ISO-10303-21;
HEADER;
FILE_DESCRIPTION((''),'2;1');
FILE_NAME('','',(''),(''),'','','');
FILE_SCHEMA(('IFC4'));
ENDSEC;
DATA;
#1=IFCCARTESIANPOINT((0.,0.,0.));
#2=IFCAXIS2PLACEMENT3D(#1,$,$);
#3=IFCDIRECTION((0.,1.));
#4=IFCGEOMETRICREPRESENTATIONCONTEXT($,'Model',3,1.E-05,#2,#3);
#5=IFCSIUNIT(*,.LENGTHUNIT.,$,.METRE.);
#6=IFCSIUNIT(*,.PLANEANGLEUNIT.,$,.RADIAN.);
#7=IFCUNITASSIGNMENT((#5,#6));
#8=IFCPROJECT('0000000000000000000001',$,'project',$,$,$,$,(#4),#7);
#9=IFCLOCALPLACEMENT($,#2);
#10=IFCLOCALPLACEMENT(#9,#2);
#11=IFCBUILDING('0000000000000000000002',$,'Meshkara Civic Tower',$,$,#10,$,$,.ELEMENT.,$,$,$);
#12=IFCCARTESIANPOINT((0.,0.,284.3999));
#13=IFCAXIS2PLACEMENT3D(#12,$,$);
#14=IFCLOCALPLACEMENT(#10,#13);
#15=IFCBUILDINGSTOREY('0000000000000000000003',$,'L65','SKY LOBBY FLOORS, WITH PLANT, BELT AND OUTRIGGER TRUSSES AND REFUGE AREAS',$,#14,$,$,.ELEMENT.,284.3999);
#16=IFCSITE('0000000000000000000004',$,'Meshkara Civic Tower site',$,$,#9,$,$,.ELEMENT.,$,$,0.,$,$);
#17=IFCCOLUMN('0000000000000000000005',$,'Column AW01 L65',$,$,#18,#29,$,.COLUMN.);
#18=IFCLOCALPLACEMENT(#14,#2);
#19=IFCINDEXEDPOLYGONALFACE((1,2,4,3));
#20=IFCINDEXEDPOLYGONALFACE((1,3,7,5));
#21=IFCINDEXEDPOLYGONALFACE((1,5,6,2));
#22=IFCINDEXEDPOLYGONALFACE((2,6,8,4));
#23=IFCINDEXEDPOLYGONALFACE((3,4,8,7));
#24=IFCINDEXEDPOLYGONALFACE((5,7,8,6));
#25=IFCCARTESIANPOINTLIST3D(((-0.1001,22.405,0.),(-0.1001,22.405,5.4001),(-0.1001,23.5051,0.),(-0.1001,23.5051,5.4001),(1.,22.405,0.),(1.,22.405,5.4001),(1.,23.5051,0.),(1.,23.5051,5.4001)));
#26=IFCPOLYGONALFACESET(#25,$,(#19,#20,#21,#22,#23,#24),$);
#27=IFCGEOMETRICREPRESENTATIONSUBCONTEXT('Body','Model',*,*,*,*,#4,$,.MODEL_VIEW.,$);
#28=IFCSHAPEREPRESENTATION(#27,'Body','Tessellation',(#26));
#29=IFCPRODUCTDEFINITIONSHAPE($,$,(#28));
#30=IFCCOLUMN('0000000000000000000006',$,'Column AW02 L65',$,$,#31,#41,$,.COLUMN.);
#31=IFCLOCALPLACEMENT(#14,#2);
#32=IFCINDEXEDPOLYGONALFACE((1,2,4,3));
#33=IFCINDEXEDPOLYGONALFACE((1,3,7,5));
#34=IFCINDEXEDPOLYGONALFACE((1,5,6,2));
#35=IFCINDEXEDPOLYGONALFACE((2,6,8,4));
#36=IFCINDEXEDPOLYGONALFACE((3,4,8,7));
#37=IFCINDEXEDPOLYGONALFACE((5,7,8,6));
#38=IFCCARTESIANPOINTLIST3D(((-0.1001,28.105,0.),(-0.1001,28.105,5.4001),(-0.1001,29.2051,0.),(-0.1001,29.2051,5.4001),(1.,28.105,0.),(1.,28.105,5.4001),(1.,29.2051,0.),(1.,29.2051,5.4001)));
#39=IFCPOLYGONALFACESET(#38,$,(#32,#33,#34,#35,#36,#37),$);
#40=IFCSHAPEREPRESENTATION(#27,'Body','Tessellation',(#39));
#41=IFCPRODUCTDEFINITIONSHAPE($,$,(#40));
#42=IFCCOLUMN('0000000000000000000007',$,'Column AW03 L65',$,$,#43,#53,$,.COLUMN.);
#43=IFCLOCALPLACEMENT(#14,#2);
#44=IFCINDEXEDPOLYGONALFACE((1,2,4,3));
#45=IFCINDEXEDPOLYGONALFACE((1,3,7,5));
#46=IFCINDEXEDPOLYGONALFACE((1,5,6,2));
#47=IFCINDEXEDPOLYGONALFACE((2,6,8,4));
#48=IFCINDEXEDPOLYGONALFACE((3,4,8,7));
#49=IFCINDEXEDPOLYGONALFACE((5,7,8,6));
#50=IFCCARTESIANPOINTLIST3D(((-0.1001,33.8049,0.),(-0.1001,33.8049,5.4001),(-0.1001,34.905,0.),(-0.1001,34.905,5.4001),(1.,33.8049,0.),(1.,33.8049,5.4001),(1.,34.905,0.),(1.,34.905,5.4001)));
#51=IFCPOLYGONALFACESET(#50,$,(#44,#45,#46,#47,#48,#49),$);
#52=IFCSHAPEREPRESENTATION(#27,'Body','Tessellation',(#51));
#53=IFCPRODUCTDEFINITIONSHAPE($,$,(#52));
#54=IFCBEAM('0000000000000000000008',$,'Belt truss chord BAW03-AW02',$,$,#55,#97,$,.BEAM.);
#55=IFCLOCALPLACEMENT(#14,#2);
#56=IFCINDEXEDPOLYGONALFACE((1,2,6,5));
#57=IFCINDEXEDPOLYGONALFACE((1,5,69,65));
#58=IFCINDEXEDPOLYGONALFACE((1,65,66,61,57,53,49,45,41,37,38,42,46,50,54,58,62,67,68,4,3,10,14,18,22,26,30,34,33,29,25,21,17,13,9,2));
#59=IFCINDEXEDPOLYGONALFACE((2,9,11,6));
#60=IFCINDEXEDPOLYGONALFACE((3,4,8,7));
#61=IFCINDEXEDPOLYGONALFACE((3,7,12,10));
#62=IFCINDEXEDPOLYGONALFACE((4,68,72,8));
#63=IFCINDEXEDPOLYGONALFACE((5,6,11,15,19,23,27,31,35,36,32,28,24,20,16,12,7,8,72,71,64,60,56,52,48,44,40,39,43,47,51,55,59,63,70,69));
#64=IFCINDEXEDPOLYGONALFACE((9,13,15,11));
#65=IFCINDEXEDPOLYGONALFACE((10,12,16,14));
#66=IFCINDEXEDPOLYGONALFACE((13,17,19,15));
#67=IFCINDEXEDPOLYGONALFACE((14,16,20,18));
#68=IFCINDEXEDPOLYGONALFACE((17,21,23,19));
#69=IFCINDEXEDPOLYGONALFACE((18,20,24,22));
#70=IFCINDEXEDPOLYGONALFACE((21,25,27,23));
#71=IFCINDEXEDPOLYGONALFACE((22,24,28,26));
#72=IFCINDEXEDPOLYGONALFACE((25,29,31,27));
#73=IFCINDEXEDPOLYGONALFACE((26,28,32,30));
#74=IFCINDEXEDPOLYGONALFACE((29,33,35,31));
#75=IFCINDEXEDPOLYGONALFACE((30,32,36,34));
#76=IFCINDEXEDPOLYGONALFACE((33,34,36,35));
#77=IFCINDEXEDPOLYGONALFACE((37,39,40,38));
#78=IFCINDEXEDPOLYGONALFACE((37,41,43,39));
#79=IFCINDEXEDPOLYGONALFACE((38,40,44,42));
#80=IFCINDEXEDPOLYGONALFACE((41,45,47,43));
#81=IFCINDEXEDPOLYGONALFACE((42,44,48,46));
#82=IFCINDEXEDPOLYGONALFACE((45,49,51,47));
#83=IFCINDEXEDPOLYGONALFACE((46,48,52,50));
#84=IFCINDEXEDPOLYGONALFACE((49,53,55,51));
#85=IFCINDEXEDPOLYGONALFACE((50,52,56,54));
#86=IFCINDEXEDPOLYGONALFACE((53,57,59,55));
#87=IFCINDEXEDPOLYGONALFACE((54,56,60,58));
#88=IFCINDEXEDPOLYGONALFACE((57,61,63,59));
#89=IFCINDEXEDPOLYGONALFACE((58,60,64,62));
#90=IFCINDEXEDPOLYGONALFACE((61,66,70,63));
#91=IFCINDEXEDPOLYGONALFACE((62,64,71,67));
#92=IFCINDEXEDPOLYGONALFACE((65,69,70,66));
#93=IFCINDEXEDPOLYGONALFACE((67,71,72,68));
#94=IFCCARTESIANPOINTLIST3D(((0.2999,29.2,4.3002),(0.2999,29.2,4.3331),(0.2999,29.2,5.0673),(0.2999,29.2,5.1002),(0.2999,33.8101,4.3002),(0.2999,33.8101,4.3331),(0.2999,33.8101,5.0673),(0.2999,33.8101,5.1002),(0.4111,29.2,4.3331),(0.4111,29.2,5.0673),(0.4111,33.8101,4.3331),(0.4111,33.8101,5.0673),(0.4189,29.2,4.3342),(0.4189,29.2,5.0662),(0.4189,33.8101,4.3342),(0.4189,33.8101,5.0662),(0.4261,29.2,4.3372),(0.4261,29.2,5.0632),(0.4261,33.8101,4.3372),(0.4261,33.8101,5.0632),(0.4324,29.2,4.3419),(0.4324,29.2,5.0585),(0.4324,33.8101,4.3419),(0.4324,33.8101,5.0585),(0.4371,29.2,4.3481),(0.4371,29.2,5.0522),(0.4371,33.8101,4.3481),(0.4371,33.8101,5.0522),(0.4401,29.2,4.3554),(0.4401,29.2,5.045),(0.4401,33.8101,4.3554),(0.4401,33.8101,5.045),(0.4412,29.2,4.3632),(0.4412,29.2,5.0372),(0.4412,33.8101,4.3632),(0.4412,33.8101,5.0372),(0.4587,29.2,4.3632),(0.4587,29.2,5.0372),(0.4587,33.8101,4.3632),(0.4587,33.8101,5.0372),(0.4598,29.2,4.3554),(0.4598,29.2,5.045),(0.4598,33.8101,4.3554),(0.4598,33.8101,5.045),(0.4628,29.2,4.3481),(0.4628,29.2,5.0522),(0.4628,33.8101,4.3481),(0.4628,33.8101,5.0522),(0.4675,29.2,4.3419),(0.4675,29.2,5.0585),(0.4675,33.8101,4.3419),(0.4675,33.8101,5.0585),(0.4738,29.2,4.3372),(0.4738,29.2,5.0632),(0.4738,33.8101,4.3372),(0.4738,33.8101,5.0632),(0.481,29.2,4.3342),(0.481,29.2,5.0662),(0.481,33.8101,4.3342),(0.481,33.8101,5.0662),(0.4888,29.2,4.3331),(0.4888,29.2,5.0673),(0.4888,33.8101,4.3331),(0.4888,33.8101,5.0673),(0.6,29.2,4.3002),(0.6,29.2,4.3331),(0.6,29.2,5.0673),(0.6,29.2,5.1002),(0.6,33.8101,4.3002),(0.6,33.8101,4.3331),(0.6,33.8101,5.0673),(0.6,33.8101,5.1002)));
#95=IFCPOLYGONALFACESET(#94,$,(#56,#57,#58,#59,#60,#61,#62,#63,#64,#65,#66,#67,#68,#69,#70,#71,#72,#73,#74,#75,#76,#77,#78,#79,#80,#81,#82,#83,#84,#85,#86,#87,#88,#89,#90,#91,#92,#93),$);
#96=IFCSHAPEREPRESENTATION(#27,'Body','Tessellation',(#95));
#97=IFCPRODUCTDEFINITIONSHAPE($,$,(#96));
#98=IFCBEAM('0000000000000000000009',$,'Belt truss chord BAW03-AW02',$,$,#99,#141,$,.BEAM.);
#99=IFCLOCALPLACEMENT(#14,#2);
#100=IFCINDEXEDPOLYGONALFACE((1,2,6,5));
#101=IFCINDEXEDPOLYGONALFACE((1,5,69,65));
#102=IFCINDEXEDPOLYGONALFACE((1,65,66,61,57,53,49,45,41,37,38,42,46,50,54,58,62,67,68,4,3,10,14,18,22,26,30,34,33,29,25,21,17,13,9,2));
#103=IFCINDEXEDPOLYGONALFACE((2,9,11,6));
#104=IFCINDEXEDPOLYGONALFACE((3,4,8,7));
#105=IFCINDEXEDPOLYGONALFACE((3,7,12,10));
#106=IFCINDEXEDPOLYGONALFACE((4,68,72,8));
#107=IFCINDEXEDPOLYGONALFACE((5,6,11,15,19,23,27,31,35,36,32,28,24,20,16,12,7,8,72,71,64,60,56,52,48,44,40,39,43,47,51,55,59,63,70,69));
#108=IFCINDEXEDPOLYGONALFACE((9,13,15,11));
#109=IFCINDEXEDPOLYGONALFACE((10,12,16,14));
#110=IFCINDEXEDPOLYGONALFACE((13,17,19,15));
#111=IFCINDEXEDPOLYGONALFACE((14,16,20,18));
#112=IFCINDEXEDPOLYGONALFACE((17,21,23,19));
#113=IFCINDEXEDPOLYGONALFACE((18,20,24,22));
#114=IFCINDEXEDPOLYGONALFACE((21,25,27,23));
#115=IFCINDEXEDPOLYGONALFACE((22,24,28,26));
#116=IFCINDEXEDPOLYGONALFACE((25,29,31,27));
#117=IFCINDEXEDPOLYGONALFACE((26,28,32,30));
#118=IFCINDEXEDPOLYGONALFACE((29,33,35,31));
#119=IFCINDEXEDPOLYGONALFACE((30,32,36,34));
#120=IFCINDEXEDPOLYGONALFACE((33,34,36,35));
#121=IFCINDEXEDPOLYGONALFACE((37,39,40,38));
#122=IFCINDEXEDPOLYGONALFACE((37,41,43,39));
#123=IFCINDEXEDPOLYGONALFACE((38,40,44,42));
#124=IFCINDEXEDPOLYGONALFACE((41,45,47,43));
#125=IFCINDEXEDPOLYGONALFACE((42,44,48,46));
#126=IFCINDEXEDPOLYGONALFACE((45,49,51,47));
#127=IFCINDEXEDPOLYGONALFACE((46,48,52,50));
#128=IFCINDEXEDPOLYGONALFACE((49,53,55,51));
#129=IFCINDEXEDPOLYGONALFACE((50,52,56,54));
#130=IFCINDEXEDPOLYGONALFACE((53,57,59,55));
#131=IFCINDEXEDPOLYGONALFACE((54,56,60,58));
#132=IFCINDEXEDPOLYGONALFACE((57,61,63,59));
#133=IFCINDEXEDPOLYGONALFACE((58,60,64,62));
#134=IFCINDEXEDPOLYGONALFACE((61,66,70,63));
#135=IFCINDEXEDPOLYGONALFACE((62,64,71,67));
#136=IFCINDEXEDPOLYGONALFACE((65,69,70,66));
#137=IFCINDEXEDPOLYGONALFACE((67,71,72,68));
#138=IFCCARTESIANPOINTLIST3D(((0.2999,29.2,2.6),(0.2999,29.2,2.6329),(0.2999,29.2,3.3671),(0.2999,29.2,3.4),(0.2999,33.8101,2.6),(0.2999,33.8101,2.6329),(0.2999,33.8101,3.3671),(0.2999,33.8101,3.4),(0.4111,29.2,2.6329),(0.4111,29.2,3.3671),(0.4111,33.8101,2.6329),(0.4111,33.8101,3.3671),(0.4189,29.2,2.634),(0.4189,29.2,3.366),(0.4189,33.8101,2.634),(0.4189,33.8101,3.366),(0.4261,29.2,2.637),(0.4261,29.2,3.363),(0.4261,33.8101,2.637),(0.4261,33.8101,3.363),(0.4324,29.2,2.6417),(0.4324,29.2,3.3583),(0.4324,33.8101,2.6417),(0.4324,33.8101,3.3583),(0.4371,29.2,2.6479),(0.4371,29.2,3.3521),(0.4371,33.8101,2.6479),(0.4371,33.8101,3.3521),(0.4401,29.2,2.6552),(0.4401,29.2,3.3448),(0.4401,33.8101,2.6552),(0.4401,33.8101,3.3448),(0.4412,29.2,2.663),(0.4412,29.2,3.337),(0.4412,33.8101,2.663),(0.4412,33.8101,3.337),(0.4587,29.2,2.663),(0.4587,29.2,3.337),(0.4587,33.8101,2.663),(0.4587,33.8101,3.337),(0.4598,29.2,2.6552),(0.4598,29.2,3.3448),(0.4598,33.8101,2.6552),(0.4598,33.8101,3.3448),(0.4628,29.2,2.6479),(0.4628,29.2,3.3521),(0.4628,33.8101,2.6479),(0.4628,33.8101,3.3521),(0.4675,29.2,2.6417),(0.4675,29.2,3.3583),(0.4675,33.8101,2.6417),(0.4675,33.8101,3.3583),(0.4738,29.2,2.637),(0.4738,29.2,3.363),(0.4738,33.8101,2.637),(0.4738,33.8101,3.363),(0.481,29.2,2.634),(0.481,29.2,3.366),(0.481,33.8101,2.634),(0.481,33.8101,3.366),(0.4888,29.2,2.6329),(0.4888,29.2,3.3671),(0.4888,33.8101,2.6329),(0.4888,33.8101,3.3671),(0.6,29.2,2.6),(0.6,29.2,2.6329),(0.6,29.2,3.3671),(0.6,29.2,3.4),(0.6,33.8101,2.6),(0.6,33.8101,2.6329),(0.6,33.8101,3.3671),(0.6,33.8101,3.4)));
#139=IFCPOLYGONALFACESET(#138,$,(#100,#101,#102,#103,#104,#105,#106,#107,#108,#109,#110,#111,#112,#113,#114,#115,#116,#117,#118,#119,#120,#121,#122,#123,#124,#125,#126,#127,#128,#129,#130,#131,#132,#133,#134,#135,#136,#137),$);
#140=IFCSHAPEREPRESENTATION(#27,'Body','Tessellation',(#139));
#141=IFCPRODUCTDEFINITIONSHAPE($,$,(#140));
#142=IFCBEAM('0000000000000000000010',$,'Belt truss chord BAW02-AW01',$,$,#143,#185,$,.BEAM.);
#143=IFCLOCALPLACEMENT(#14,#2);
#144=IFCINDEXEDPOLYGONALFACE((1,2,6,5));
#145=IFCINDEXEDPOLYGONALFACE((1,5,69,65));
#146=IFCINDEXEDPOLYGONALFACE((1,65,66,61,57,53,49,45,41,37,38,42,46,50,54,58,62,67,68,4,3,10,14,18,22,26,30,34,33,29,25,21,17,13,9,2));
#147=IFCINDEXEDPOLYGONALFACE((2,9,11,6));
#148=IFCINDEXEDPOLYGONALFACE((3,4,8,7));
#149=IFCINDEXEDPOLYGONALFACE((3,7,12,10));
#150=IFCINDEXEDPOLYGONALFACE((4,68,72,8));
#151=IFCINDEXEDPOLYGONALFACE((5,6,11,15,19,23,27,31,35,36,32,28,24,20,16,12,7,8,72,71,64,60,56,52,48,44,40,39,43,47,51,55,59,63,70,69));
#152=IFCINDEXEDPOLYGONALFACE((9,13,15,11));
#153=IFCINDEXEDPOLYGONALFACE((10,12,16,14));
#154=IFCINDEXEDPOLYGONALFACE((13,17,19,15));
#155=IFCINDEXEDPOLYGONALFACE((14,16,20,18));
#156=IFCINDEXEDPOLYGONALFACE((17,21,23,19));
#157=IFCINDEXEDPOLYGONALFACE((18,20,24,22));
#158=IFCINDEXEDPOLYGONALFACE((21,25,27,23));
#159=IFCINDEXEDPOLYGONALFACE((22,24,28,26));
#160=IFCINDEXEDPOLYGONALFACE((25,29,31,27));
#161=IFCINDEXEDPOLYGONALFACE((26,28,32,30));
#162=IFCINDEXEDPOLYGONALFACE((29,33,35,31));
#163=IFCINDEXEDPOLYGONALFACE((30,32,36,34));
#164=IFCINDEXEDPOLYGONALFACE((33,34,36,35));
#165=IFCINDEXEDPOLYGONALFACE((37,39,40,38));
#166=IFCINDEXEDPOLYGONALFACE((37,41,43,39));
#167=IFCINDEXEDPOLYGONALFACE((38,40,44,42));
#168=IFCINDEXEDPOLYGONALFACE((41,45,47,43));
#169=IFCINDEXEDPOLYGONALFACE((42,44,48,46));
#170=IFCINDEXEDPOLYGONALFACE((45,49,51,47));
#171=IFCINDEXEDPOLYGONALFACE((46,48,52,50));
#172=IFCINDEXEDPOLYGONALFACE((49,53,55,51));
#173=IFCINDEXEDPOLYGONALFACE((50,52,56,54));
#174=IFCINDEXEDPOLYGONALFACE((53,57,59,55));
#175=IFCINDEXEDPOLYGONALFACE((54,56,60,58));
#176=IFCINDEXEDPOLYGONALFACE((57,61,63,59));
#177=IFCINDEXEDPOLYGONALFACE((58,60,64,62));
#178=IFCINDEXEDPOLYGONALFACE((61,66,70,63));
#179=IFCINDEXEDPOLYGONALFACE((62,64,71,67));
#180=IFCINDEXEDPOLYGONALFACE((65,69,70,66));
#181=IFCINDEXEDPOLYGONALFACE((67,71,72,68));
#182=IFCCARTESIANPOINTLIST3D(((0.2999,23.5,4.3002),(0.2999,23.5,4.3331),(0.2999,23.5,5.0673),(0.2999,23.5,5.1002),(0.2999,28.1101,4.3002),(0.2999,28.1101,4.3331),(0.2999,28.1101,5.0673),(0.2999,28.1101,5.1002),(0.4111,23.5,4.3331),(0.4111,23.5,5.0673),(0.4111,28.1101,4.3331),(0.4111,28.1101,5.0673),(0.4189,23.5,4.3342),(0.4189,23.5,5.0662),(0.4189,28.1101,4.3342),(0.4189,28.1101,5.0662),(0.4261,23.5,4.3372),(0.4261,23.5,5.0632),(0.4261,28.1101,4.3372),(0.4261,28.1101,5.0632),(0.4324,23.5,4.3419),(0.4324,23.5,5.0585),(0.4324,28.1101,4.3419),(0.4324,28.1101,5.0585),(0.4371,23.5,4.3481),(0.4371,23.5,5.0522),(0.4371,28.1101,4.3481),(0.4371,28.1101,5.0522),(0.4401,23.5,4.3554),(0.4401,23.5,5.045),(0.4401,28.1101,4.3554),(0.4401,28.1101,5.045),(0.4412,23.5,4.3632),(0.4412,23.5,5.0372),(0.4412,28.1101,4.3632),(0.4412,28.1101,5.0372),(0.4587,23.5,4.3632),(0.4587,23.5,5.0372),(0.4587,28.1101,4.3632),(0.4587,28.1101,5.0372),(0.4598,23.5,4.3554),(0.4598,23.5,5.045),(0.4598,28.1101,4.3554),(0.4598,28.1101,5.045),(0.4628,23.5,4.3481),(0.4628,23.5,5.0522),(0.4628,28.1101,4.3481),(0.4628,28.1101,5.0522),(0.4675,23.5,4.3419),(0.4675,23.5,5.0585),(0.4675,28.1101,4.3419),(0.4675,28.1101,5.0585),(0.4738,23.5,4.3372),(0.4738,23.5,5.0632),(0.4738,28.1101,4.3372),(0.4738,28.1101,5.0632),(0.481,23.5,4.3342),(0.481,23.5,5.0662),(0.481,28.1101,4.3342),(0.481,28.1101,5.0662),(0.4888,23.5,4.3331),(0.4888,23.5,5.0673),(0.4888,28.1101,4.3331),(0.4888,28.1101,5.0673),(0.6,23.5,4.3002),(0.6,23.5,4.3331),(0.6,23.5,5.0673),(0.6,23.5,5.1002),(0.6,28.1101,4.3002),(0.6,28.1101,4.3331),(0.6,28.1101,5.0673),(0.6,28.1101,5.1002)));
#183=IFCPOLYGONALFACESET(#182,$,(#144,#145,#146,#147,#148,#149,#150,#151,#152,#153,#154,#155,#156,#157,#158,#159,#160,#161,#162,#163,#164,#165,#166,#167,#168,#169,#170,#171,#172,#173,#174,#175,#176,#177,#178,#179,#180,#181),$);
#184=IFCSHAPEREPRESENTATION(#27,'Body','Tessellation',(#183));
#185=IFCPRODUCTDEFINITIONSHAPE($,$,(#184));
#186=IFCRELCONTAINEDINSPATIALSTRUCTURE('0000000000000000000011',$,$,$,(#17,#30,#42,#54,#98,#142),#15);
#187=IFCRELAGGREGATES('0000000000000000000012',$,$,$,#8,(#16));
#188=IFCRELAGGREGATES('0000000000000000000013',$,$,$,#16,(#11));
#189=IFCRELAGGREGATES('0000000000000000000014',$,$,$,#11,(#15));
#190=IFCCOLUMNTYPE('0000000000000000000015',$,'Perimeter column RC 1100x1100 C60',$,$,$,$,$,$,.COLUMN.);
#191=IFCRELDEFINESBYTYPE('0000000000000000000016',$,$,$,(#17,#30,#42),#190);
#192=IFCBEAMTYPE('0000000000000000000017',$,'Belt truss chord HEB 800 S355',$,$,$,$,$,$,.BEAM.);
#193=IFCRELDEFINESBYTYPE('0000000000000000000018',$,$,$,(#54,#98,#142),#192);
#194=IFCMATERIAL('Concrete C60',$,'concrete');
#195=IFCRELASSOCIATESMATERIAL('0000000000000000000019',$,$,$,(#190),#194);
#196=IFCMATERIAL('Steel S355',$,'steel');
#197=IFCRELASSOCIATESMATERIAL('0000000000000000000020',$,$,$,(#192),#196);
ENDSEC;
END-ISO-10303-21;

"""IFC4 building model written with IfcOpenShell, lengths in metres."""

from ifc_helpers import new_model, si_unit, direction, frame, origin, origin_2d, place, context, subcontext, project, spatial, rectangle, i_section, extrude, material, material_profile, profile_set, type_object, element, save


model = new_model("IFC4")

# Units and contexts
model_context = context("Model", 3, precision=1e-05, world=origin(), true_north=direction((0.0, 1.0)))
body_context = subcontext(model_context, "Body", "Model", "MODEL_VIEW")
ifc_project = project(units=[si_unit("LENGTHUNIT", "METRE"), si_unit("PLANEANGLEUNIT", "RADIAN")], contexts=[model_context])

# Site, building, storey
site_placement = place(None, origin())
site = spatial("IfcSite", under=ifc_project, at=site_placement, Name="Meshkara Civic Tower site", CompositionType="ELEMENT", RefElevation=0.0)
building_placement = place(site_placement, origin())
building = spatial("IfcBuilding", under=site, at=building_placement, Name="Meshkara Civic Tower", CompositionType="ELEMENT")
storey_placement = place(building_placement, frame((0.0, 0.0, 284.3999)))
storey = spatial("IfcBuildingStorey", under=building, at=storey_placement, Name="L65", Description="SKY LOBBY FLOORS, WITH PLANT, BELT AND OUTRIGGER TRUSSES AND REFUGE AREAS", CompositionType="ELEMENT", Elevation=284.3999)

# Columns
ifc_material_1 = material(Name="Concrete C60", Category="concrete")
ifc_material_profile_1 = material_profile(ifc_material_1, rectangle(XDim=1.1001, YDim=1.1001, at=origin_2d()))
ifc_profile_set_1 = profile_set([ifc_material_profile_1], Name="Concrete C60")
column_type = type_object("IfcColumnType", Name="Perimeter column RC 1100x1100 C60", PredefinedType="COLUMN", material=ifc_profile_set_1)
for number, where, z_axis, x_axis, name in (
    (1, (0.45, 22.9551, 0.0), (0.0, 0.0, 1.0), (1.0, 0.0, 0.0), "Column AW01 L65"),
    (2, (0.45, 28.655, 0.0), (0.0, 0.0, 1.0), (1.0, 0.0, 0.0), "Column AW02 L65"),
    (3, (0.45, 34.355, 0.0), (0.0, 0.0, 1.0), (1.0, 0.0, 0.0), "Column AW03 L65"),
):
    element("IfcColumn", number, at=place(storey_placement, frame(where, z_axis=z_axis, x_axis=x_axis)), inside=storey, type_object=column_type, Name=name, PredefinedType="COLUMN", context=body_context, shape_type="SweptSolid", body=[
        extrude(rectangle(XDim=1.1001, YDim=1.1001, at=origin_2d()), origin(), (0.0, 0.0, 1.0), 5.4001),
    ])

# Beams
ifc_material_2 = material(Name="Steel S355", Category="steel")
ifc_material_profile_2 = material_profile(ifc_material_2, i_section(OverallWidth=0.3, OverallDepth=0.8, WebThickness=0.0176, FlangeThickness=0.033, FilletRadius=0.03, at=origin_2d()))
ifc_profile_set_2 = profile_set([ifc_material_profile_2], Name="Steel S355")
beam_type = type_object("IfcBeamType", Name="Belt truss chord HEB 800 S355", PredefinedType="BEAM", material=ifc_profile_set_2)
for number, where, z_axis, x_axis, name in (
    (4, (0.45, 33.8101, 4.7002), (0.0, -1.0, 0.0), (1.0, 0.0, 0.0), "Belt truss chord BAW03-AW02"),
    (5, (0.45, 33.8101, 3.0), (0.0, -1.0, 0.0), (1.0, 0.0, 0.0), "Belt truss chord BAW03-AW02"),
    (6, (0.45, 28.1101, 4.7002), (0.0, -1.0, 0.0), (1.0, 0.0, 0.0), "Belt truss chord BAW02-AW01"),
):
    element("IfcBeam", number, at=place(storey_placement, frame(where, z_axis=z_axis, x_axis=x_axis)), inside=storey, type_object=beam_type, Name=name, PredefinedType="BEAM", context=body_context, shape_type="SweptSolid", body=[
        extrude(i_section(OverallWidth=0.3, OverallDepth=0.8, WebThickness=0.0176, FlangeThickness=0.033, FilletRadius=0.03, at=origin_2d()), origin(), (0.0, 0.0, 1.0), 4.6101),
    ])

save(model, "model.ifc")
